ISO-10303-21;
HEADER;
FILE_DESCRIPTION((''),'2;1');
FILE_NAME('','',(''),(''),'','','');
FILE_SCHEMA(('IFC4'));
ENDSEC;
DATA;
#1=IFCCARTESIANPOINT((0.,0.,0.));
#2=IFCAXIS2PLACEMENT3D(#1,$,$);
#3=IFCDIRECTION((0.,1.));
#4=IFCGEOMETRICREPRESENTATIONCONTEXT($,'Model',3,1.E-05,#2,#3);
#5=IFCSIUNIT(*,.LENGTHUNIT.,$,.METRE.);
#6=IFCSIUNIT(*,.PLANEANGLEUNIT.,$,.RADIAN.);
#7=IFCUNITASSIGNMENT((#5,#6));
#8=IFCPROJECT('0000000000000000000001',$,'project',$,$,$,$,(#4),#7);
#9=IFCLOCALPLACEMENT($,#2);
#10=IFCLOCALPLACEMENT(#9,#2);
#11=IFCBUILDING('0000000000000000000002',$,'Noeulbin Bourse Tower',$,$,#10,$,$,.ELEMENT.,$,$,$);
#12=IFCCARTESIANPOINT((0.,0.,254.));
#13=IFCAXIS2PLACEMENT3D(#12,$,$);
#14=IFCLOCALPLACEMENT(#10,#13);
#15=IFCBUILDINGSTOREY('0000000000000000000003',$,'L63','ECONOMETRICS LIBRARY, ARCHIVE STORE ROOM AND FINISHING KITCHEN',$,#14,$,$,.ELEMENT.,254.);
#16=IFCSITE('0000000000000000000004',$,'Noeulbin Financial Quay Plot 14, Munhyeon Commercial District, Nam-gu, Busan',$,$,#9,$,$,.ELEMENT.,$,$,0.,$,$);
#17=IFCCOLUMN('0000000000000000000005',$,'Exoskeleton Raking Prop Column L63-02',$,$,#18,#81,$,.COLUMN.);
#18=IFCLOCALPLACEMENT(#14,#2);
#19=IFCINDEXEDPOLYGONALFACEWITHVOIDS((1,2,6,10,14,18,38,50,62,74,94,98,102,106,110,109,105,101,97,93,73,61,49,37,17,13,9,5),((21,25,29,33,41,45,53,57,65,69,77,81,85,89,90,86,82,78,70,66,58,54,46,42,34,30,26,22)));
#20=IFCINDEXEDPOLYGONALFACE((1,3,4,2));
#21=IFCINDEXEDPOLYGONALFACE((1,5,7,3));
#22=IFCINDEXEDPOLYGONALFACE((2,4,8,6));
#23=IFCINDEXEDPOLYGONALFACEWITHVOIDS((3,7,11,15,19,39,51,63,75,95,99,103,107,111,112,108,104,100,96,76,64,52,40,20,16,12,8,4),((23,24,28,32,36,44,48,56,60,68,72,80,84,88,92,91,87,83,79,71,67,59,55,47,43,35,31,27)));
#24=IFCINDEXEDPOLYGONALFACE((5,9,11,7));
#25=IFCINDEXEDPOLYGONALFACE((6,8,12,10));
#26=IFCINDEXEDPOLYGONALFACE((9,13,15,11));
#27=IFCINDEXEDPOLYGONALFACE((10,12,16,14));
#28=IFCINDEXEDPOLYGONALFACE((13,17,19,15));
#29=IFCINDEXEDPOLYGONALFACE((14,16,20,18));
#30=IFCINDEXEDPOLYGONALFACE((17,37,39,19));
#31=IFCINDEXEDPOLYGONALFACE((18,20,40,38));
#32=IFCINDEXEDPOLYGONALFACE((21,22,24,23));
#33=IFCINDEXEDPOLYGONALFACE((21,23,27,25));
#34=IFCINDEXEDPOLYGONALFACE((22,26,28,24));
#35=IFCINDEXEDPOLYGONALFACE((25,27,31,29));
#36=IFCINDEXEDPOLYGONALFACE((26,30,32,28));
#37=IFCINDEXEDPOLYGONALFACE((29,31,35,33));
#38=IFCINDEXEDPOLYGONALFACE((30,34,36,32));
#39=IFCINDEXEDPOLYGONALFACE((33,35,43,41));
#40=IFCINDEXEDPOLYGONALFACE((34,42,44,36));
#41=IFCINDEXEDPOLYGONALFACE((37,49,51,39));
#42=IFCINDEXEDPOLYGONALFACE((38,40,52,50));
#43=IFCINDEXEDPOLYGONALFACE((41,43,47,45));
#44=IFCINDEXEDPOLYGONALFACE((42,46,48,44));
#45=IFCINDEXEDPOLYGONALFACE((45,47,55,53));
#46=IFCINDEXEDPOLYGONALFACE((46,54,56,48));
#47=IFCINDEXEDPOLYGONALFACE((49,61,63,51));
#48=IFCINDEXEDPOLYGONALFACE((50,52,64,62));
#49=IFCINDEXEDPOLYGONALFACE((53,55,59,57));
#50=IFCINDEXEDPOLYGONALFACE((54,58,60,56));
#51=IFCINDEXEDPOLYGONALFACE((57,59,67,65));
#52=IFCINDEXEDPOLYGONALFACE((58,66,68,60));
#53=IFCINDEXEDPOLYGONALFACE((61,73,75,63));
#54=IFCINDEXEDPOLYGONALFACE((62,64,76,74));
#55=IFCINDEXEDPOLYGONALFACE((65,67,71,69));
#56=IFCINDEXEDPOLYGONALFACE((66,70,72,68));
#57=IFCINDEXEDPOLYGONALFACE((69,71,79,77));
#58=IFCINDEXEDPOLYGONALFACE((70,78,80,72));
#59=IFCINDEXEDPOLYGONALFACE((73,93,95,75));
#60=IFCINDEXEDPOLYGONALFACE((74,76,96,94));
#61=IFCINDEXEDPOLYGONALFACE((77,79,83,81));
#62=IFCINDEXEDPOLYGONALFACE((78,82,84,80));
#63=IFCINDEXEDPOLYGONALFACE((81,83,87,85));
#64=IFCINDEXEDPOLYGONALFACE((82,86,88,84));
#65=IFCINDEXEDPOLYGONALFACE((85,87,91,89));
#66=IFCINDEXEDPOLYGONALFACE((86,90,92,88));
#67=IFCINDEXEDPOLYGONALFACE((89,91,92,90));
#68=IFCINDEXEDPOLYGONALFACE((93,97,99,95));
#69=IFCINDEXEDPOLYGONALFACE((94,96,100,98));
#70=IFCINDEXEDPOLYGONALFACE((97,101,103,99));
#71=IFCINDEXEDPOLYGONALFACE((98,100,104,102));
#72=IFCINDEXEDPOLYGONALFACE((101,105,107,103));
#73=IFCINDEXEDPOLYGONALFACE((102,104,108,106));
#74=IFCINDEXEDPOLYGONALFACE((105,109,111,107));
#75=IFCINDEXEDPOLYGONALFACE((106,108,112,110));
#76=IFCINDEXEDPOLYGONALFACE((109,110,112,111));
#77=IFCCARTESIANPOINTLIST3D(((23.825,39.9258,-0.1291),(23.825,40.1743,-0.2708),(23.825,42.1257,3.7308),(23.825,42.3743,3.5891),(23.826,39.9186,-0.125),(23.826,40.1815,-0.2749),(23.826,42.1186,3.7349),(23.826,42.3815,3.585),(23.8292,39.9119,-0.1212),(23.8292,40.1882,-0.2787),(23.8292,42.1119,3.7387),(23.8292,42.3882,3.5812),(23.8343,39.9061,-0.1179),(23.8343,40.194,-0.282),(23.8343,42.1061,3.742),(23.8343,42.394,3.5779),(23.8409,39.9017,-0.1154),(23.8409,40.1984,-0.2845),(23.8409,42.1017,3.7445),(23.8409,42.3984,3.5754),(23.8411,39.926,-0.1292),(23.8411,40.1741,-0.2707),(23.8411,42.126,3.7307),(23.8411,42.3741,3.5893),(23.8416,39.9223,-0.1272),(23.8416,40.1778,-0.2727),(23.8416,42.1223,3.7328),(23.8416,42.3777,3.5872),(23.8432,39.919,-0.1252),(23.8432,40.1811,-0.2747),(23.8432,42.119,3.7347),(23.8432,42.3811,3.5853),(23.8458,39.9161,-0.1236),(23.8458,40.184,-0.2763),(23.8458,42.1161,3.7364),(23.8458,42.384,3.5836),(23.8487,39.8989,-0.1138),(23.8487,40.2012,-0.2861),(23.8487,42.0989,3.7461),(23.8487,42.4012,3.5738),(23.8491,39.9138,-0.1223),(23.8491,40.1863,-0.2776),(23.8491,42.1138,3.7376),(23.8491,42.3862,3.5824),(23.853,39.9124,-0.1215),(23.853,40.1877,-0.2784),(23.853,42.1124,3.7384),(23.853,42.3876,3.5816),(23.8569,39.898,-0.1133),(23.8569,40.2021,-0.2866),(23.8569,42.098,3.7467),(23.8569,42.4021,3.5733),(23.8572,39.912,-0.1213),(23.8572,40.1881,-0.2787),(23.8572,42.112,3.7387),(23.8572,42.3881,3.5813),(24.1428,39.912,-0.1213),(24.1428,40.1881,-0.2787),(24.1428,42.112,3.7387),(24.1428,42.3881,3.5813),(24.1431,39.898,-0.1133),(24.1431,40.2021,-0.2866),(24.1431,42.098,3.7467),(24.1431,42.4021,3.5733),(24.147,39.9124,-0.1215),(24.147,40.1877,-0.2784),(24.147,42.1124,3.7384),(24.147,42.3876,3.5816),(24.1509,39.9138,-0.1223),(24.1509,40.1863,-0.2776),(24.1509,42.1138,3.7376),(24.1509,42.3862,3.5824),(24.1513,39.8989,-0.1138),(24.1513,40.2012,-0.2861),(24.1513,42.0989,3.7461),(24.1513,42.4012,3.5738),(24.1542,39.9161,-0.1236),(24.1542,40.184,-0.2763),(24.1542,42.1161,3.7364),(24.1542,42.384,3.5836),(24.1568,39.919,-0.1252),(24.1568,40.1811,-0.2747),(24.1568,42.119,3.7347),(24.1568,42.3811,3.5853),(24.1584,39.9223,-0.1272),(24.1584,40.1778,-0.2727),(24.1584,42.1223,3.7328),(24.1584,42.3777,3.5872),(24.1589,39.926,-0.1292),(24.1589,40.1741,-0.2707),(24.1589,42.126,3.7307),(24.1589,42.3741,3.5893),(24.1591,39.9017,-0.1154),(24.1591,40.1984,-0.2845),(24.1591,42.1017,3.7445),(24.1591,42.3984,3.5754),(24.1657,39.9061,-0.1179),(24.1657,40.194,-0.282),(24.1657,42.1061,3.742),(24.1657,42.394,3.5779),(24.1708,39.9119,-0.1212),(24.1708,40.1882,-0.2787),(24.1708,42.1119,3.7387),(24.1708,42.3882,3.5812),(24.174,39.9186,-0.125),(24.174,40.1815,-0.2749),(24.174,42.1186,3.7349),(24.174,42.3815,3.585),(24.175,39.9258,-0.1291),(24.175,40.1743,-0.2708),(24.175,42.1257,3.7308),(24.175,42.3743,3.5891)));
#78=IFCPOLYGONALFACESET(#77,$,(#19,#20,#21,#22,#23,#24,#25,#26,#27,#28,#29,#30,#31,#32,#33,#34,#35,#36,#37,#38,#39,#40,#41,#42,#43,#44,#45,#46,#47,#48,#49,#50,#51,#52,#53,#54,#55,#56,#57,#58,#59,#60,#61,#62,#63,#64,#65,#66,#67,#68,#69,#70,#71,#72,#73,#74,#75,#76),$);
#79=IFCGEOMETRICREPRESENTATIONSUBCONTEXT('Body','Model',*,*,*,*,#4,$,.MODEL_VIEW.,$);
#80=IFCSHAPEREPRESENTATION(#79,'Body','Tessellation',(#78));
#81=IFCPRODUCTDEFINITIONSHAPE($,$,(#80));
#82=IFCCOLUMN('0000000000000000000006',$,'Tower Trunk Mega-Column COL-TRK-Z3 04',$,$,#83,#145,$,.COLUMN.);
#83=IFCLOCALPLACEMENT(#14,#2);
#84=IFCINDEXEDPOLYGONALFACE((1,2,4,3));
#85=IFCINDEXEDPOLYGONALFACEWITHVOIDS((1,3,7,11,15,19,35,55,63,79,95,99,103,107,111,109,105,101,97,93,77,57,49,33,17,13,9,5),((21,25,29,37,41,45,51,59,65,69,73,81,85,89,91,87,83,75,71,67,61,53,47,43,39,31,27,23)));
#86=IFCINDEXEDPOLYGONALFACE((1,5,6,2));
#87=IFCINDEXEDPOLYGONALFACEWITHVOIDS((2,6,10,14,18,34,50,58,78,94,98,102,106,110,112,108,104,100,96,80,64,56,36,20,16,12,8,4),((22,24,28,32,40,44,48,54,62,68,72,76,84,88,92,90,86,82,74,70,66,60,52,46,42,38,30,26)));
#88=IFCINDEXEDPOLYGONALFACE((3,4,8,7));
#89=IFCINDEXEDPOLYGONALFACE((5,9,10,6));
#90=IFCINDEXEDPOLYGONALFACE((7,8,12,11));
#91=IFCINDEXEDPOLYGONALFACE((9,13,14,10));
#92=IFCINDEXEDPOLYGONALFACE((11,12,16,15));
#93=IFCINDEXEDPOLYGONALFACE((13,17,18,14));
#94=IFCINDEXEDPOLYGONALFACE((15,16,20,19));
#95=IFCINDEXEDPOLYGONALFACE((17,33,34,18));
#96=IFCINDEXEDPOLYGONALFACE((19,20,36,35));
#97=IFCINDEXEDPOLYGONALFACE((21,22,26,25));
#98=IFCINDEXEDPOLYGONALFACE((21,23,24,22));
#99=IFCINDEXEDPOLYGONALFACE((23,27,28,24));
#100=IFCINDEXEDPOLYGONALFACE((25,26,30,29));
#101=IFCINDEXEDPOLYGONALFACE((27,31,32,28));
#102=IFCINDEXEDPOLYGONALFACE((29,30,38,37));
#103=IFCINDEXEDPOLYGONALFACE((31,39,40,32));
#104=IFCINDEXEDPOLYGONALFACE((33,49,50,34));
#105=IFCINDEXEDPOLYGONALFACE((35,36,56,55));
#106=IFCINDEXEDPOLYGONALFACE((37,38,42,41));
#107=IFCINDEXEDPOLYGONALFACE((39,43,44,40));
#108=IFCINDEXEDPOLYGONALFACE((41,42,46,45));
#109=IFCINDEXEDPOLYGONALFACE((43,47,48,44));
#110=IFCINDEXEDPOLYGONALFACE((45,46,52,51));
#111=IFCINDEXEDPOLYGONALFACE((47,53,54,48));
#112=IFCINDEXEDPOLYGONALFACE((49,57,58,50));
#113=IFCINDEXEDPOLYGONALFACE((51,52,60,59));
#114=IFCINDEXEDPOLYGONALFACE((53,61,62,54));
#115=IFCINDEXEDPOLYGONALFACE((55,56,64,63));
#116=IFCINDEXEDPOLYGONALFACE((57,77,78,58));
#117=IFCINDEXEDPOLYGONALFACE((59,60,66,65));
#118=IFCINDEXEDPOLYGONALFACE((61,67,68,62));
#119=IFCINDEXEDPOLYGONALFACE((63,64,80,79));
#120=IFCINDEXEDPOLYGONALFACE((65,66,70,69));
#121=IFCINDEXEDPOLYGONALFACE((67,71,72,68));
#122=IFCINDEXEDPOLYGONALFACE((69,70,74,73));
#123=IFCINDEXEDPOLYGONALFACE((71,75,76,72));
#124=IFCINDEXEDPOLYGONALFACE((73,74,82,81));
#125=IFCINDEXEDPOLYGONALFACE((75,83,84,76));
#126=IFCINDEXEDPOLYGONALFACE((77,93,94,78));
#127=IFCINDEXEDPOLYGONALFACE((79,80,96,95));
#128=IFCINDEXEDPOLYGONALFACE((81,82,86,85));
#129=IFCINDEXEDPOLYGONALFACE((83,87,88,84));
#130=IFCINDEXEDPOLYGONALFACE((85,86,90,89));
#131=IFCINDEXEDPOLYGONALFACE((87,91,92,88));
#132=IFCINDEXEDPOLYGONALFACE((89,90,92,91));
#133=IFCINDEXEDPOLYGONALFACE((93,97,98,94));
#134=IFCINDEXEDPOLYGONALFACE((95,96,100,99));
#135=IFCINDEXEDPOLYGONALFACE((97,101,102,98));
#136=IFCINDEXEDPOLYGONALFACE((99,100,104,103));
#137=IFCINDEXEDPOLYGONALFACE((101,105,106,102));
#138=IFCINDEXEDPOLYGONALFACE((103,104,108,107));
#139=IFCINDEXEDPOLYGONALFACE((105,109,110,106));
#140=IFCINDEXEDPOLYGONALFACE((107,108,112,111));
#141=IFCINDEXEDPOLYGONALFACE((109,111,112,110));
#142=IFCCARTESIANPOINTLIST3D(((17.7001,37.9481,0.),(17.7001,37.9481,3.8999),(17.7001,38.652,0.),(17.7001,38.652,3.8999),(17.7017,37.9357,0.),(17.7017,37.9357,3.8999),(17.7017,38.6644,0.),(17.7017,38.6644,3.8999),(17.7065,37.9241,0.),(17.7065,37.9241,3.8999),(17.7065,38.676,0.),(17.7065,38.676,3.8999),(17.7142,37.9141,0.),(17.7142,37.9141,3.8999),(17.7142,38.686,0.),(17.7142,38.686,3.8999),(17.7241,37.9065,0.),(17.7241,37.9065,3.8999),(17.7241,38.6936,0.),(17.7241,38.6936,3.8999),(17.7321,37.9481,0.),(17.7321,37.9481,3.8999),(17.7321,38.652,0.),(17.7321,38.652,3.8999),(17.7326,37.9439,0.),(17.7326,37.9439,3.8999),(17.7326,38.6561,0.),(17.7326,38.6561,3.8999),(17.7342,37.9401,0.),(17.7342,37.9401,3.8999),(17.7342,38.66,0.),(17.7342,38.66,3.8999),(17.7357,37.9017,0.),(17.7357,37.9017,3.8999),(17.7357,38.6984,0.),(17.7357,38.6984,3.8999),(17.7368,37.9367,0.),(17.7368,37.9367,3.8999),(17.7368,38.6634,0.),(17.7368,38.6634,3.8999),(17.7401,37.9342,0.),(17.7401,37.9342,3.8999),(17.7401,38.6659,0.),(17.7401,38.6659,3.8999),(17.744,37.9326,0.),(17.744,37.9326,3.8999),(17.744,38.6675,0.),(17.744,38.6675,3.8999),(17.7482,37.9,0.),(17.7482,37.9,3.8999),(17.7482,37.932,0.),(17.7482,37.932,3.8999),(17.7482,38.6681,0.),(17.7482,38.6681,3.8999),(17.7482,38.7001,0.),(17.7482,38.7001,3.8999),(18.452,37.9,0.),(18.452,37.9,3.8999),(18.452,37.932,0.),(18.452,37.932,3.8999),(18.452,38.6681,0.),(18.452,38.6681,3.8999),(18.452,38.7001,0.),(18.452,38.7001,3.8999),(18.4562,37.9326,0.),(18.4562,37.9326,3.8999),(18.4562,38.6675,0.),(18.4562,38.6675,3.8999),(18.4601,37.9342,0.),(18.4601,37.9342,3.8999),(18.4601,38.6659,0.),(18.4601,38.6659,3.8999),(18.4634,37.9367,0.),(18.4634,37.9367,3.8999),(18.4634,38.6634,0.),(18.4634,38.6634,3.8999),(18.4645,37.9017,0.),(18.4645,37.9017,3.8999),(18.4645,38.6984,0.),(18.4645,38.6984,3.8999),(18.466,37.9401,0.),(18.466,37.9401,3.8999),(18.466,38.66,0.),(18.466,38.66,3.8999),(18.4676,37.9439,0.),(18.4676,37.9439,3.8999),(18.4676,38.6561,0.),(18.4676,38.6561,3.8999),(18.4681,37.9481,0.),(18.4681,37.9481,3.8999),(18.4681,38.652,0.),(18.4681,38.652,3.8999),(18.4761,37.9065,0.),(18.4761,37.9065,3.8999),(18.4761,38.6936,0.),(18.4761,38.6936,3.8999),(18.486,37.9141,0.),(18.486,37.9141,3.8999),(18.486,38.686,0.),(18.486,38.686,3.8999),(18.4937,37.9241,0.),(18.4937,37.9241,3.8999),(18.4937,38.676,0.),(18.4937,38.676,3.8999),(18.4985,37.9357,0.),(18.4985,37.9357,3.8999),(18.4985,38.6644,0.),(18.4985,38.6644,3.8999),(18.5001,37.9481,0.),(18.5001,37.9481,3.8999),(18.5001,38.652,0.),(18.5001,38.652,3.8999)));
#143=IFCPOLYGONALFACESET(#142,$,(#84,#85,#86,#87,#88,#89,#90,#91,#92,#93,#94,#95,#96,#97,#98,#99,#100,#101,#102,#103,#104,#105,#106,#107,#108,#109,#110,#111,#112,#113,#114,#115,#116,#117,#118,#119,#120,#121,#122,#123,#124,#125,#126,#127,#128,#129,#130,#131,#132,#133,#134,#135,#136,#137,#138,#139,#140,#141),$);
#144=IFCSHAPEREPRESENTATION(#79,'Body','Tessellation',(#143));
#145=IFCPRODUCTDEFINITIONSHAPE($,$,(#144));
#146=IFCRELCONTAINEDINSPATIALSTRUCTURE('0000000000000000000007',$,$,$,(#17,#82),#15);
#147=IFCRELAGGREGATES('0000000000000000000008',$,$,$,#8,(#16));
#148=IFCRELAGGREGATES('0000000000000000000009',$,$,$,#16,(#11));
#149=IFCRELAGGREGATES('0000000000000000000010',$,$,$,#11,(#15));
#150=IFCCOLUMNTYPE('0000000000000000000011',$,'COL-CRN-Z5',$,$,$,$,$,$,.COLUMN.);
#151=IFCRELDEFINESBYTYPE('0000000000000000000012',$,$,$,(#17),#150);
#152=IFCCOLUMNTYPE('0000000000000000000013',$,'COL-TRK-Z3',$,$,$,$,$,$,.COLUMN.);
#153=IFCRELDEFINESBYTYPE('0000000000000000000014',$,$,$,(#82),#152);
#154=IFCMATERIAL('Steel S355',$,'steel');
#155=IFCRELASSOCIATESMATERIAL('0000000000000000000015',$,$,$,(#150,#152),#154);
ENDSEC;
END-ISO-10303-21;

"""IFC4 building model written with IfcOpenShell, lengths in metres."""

from ifc_helpers import new_model, si_unit, direction, frame, origin, origin_2d, place, context, subcontext, project, spatial, hollow_rectangle, extrude, material, material_profile, profile_set, type_object, element, save


model = new_model("IFC4")

# Units and contexts
model_context = context("Model", 3, precision=1e-05, world=origin(), true_north=direction((0.0, 1.0)))
body_context = subcontext(model_context, "Body", "Model", "MODEL_VIEW")
ifc_project = project(units=[si_unit("LENGTHUNIT", "METRE"), si_unit("PLANEANGLEUNIT", "RADIAN")], contexts=[model_context])

# Site, building, storey
site_placement = place(None, origin())
site = spatial("IfcSite", under=ifc_project, at=site_placement, Name="Noeulbin Financial Quay Plot 14, Munhyeon Commercial District, Nam-gu, Busan", CompositionType="ELEMENT", RefElevation=0.0)
building_placement = place(site_placement, origin())
building = spatial("IfcBuilding", under=site, at=building_placement, Name="Noeulbin Bourse Tower", CompositionType="ELEMENT")
storey_placement = place(building_placement, frame((0.0, 0.0, 254.0)))
storey = spatial("IfcBuildingStorey", under=building, at=storey_placement, Name="L63", Description="ECONOMETRICS LIBRARY, ARCHIVE STORE ROOM AND FINISHING KITCHEN", CompositionType="ELEMENT", Elevation=254.0)

# Columns
ifc_material_1 = material(Name="Steel S355", Category="steel")
ifc_material_profile_1 = material_profile(ifc_material_1, hollow_rectangle(XDim=0.3501, YDim=0.3501, WallThickness=0.0161, InnerFilletRadius=0.0161, OuterFilletRadius=0.032, at=origin_2d()), Name="SHS-350x350x16", Category="LoadBearing")
ifc_profile_set_1 = profile_set([ifc_material_profile_1], Name="Steel S355")
column_type_1 = type_object("IfcColumnType", Name="COL-CRN-Z5", PredefinedType="COLUMN", material=ifc_profile_set_1)
column_placement = place(storey_placement, frame((24.0, 40.05, -0.2), z_axis=(0.0, 0.495174, 0.868794), x_axis=(-1.0, 0.0, 0.0)))
element("IfcColumn", 1, at=column_placement, inside=storey, type_object=column_type_1, Name="Exoskeleton Raking Prop Column L63-02", PredefinedType="COLUMN", context=body_context, shape_type="SweptSolid", body=[
    extrude(hollow_rectangle(XDim=0.3501, YDim=0.3501, WallThickness=0.0161, InnerFilletRadius=0.0161, OuterFilletRadius=0.032, at=origin_2d()), origin(), (0.0, 0.0, 1.0), 4.4429),
])
ifc_material_profile_2 = material_profile(ifc_material_1, hollow_rectangle(XDim=0.8, YDim=0.8, WallThickness=0.032, InnerFilletRadius=0.0161, OuterFilletRadius=0.0481, at=origin_2d()), Name="BOX-800x800x32", Category="LoadBearing")
ifc_profile_set_2 = profile_set([ifc_material_profile_2], Name="Steel S355")
column_type_2 = type_object("IfcColumnType", Name="COL-TRK-Z3", PredefinedType="COLUMN", material=ifc_profile_set_2)
for number, where, z_axis, x_axis, name in (
    (2, (18.1001, 38.3, 0.0), (0.0, 0.0, 1.0), (1.0, 0.0, 0.0), "Tower Trunk Mega-Column COL-TRK-Z3 04"),
):
    element("IfcColumn", number, at=place(storey_placement, frame(where, z_axis=z_axis, x_axis=x_axis)), inside=storey, type_object=column_type_2, Name=name, PredefinedType="COLUMN", context=body_context, shape_type="SweptSolid", body=[
        extrude(hollow_rectangle(XDim=0.8, YDim=0.8, WallThickness=0.032, InnerFilletRadius=0.0161, OuterFilletRadius=0.0481, at=origin_2d()), origin(), (0.0, 0.0, 1.0), 3.8999),
    ])

save(model, "model.ifc")
